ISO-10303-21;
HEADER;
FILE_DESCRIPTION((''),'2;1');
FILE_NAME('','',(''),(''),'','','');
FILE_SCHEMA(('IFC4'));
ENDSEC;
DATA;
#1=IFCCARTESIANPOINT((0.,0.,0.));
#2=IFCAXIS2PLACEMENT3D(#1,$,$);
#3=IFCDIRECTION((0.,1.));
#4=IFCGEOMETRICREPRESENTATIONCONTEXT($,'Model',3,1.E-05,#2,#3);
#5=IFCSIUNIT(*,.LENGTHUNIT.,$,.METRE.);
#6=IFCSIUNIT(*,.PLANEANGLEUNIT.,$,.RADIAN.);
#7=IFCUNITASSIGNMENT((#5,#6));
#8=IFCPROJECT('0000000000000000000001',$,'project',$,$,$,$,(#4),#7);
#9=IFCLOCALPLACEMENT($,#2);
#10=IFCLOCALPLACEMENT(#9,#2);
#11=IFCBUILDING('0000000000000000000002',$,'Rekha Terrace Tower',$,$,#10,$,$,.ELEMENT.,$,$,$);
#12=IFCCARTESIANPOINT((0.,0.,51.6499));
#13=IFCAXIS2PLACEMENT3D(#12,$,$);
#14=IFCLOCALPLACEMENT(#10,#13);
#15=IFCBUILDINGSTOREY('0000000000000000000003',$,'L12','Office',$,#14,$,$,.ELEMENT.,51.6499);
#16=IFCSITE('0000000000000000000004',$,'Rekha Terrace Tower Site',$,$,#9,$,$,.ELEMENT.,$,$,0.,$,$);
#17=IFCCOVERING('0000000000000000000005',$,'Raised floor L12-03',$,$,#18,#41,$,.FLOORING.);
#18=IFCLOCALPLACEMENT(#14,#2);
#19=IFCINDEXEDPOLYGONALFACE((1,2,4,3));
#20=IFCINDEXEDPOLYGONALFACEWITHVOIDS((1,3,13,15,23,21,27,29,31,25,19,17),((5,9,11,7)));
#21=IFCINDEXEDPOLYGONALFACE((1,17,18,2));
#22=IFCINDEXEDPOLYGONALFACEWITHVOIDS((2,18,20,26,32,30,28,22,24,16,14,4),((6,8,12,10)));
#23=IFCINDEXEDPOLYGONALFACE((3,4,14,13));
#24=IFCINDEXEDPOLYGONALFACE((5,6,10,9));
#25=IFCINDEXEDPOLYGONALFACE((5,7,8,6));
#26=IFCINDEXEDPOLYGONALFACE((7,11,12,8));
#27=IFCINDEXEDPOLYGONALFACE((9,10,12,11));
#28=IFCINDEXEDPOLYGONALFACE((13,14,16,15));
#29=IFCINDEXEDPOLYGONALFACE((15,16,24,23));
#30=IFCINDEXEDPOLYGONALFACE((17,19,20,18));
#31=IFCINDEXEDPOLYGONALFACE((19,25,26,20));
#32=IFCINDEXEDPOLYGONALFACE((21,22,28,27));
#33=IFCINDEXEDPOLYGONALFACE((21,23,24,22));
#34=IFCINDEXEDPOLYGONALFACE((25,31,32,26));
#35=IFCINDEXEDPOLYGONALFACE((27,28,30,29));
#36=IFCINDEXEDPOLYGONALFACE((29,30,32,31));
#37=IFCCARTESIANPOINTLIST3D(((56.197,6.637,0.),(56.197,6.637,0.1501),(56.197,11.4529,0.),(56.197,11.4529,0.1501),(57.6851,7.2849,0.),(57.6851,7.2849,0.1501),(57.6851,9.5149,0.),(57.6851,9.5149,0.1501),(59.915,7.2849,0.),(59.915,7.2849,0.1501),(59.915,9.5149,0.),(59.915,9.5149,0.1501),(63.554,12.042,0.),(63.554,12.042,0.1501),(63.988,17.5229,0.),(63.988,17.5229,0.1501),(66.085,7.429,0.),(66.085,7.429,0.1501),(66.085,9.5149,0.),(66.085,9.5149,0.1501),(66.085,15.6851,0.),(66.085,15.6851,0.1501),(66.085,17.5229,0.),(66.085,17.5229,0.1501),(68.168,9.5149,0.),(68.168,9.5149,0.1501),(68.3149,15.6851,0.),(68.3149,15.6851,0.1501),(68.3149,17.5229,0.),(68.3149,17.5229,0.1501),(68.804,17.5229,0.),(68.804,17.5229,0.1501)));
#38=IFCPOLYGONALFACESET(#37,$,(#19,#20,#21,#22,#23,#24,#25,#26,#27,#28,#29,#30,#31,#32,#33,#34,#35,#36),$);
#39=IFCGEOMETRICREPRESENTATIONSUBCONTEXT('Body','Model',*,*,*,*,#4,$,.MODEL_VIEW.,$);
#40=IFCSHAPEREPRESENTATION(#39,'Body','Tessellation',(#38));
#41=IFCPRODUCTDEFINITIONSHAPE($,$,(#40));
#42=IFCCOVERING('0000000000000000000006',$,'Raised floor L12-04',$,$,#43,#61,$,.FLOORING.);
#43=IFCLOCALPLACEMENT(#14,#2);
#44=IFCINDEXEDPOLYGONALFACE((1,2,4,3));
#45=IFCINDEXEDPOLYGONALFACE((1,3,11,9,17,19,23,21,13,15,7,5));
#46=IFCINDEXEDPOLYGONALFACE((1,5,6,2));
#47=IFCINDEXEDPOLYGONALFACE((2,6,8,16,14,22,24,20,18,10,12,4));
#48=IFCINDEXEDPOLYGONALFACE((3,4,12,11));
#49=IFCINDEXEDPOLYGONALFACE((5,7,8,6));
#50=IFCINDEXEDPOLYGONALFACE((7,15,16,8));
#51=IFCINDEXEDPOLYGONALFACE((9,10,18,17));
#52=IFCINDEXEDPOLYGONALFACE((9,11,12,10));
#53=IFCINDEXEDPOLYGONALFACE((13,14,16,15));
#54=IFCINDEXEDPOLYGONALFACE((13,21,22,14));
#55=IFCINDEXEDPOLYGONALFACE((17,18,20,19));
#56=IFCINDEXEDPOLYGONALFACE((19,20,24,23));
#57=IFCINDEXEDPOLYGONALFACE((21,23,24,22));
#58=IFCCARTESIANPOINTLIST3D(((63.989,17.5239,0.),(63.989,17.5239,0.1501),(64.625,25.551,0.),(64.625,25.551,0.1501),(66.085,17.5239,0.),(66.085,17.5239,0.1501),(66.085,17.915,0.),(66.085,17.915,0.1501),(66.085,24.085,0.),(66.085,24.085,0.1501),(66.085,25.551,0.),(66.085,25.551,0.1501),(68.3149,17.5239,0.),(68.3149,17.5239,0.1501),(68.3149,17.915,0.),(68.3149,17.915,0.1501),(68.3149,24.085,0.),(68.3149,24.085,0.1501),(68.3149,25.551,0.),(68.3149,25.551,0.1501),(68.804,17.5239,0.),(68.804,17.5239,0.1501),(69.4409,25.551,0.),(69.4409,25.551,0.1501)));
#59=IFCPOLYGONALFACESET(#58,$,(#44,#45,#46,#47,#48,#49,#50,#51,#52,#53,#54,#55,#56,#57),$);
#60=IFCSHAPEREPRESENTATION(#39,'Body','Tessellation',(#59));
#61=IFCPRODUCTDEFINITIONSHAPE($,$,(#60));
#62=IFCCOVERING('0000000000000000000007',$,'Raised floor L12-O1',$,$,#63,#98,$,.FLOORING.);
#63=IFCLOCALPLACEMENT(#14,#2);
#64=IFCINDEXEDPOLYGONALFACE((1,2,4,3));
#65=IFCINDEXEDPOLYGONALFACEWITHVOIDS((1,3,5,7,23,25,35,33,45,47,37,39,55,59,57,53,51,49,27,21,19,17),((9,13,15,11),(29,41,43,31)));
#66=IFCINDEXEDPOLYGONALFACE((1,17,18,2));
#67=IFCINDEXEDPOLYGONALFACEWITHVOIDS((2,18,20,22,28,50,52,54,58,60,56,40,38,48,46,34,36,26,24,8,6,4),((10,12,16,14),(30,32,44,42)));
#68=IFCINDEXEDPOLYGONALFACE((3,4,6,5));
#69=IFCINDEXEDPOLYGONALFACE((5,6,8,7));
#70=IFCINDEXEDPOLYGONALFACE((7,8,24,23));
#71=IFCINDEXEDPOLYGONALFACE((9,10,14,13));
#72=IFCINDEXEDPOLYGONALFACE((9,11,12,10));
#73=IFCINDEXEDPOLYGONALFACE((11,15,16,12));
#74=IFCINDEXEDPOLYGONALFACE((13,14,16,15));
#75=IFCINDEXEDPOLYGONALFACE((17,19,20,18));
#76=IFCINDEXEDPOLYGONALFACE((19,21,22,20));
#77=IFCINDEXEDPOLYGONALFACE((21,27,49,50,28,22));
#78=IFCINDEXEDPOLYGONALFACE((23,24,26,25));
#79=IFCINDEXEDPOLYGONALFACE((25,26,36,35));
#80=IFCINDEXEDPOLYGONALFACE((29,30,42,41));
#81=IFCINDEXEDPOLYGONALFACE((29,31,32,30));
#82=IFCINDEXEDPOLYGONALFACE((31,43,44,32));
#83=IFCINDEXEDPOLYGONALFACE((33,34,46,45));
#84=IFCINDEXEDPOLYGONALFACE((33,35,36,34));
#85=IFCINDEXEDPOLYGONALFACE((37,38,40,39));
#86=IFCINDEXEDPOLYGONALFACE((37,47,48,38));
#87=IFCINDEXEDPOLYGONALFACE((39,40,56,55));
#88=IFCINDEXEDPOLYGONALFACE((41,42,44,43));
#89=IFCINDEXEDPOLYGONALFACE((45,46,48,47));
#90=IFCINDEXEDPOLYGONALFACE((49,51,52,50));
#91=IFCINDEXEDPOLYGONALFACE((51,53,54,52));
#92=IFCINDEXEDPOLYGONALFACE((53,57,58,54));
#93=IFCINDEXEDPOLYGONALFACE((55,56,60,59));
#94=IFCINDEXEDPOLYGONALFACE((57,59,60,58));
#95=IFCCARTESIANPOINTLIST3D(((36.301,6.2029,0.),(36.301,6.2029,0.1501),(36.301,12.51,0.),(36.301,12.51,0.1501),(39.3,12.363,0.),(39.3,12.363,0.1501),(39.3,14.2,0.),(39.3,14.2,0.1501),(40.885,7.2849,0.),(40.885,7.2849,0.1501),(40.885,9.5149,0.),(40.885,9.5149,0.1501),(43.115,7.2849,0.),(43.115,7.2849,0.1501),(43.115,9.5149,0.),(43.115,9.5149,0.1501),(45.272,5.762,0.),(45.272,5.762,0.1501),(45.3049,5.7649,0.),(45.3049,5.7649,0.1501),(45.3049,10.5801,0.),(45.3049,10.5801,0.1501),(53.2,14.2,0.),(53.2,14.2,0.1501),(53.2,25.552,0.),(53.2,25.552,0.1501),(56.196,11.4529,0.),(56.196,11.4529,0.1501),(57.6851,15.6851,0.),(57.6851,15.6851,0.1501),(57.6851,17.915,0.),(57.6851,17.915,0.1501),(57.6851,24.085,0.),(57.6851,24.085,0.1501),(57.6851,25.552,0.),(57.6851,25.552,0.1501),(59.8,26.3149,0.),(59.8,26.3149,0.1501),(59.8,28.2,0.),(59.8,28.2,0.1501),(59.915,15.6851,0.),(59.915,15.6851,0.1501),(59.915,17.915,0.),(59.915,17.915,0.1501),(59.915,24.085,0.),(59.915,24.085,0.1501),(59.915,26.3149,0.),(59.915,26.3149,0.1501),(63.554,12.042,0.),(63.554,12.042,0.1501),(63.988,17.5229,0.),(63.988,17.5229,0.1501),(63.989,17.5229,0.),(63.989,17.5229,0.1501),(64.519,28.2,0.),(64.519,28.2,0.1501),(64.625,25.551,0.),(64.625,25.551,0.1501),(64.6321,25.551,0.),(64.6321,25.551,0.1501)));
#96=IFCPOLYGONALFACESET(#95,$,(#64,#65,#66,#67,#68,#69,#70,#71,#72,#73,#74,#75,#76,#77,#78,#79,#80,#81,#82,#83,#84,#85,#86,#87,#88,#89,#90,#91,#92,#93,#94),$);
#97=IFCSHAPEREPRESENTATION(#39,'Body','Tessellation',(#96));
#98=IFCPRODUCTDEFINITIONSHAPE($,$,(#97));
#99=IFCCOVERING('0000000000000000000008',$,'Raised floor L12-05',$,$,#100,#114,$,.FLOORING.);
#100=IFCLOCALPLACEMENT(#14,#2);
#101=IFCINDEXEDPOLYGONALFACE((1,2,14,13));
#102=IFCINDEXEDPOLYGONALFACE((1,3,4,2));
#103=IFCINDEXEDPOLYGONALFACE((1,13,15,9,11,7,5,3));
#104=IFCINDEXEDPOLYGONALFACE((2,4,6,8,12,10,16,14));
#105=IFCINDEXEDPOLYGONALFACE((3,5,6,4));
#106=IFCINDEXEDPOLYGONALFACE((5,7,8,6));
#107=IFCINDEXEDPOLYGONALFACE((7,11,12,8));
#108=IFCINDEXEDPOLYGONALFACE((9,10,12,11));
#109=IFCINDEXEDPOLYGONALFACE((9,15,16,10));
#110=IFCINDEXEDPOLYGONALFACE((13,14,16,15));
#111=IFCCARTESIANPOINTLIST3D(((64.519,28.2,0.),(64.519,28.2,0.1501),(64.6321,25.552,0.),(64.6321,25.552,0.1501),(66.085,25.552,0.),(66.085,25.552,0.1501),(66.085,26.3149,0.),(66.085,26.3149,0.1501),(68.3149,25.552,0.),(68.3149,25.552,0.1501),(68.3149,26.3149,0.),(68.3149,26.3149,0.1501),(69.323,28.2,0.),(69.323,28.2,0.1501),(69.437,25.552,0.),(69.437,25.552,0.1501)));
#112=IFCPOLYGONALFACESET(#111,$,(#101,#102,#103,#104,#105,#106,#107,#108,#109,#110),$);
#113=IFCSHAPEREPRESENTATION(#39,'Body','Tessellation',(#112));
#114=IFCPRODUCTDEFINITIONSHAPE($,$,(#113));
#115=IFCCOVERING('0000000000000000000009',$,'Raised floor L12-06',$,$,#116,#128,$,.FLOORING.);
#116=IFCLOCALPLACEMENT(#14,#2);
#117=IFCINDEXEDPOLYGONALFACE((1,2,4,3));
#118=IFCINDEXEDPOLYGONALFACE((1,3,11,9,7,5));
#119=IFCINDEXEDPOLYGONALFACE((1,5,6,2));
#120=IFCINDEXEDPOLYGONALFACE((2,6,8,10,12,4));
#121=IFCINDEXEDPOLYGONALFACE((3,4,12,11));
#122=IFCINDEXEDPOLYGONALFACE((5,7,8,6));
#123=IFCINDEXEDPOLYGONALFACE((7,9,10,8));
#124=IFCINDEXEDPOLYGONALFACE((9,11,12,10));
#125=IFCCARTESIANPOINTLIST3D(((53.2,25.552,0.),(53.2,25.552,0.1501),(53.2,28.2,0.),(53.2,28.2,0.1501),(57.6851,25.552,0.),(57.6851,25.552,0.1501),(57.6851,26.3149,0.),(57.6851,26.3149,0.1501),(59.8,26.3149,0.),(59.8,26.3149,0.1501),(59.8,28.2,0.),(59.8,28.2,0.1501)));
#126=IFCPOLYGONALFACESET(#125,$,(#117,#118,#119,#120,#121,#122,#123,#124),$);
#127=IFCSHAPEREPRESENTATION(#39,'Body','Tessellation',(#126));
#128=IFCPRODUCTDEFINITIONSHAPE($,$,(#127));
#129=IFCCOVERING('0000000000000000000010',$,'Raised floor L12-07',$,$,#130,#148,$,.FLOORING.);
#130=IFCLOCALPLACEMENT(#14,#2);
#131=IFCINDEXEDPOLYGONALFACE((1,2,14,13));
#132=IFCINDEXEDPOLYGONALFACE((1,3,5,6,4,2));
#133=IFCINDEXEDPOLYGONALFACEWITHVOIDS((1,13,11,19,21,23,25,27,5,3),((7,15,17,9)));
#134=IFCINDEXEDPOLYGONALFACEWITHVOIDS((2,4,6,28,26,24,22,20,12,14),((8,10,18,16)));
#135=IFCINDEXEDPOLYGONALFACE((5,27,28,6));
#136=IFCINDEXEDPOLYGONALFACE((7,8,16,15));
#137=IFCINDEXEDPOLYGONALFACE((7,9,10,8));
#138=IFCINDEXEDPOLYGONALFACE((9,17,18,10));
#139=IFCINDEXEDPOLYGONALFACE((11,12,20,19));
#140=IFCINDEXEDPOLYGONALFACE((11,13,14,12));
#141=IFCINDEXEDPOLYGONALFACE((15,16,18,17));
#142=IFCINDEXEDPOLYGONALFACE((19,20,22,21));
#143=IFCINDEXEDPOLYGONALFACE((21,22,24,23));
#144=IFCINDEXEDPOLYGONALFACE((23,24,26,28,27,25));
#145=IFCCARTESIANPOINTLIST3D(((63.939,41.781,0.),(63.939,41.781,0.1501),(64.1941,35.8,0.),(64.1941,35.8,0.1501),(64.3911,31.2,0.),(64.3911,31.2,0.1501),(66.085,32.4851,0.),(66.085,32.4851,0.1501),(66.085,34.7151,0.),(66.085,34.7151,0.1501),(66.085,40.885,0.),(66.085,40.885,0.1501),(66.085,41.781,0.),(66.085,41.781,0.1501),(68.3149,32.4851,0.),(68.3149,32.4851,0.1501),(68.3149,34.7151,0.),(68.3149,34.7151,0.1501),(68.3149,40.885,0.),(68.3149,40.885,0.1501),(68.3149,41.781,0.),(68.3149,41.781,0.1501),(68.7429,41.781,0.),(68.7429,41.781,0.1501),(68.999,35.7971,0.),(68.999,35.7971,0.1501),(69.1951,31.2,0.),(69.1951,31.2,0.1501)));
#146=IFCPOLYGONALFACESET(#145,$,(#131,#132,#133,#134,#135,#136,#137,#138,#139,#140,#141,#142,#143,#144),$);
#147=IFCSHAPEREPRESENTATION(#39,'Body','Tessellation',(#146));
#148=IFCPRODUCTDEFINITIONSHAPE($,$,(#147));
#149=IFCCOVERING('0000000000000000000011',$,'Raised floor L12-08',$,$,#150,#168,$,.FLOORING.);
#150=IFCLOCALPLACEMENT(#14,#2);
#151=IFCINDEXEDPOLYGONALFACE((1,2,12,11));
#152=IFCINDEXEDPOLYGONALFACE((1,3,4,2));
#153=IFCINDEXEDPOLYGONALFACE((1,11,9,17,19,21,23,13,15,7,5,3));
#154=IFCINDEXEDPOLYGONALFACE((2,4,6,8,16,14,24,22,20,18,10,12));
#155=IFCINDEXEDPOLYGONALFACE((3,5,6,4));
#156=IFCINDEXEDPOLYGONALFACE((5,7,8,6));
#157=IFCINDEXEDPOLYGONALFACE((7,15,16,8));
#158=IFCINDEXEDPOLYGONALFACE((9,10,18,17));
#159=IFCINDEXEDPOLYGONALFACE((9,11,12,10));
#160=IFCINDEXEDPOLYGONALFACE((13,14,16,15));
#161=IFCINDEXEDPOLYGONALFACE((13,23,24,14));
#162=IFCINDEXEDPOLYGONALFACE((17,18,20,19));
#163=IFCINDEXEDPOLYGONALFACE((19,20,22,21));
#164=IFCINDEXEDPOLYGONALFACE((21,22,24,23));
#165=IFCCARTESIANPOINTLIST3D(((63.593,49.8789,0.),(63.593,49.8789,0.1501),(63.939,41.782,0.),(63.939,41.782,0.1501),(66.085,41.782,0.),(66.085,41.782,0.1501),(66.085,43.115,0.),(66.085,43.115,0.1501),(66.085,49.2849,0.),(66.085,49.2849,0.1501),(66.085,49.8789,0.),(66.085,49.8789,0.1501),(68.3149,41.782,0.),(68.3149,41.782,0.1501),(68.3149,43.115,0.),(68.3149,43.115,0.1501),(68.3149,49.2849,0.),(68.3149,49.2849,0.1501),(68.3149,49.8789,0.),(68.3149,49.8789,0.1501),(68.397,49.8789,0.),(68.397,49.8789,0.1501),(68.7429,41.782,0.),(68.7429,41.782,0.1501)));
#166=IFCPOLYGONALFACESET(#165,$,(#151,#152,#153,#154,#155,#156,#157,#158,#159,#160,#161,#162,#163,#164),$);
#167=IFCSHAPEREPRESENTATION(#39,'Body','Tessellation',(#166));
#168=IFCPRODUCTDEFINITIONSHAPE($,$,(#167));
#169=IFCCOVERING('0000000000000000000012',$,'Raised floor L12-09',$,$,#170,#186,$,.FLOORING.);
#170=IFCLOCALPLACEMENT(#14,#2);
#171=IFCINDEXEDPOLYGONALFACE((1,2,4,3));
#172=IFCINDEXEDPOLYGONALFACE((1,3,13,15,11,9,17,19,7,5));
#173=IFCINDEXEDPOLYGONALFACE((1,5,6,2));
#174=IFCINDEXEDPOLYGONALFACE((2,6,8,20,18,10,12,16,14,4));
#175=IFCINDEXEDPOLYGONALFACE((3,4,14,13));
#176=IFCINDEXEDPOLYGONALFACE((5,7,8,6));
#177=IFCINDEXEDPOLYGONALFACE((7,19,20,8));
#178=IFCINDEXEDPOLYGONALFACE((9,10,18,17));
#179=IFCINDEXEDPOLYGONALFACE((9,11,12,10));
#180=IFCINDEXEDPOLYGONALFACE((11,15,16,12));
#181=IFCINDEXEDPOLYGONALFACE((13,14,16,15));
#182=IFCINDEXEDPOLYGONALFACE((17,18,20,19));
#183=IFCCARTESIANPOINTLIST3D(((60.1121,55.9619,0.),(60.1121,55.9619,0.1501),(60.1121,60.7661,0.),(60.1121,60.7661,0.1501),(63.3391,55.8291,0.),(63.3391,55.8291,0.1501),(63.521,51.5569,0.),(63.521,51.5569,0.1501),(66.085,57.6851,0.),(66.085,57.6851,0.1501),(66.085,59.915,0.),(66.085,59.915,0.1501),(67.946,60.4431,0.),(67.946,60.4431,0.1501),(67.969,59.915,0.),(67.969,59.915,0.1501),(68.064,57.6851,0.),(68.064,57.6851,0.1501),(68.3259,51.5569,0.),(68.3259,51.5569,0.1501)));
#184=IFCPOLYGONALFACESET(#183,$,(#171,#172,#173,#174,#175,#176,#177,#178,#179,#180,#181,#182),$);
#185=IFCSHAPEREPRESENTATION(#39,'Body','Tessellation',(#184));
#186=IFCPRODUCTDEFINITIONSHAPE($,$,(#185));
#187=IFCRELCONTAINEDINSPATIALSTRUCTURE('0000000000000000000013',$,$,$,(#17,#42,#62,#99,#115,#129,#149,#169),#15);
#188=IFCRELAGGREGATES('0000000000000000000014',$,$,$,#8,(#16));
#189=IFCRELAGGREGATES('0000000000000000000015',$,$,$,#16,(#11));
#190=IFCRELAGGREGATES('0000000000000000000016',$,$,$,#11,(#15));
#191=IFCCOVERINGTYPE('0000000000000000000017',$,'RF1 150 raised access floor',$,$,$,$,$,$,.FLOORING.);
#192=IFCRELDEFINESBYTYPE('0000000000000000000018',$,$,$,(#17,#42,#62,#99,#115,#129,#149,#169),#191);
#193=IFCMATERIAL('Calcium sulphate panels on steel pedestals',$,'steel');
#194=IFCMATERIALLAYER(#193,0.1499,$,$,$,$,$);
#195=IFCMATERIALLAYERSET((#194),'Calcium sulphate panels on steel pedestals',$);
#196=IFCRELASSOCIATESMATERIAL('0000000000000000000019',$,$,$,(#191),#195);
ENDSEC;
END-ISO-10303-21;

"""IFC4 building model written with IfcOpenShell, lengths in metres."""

from ifc_helpers import new_model, si_unit, direction, frame, origin, place, context, subcontext, project, spatial, polyline, outline, extrude, material, layer, layer_set, type_object, element, save


model = new_model("IFC4")

# Units and contexts
model_context = context("Model", 3, precision=1e-05, world=origin(), true_north=direction((0.0, 1.0)))
body_context = subcontext(model_context, "Body", "Model", "MODEL_VIEW")
ifc_project = project(units=[si_unit("LENGTHUNIT", "METRE"), si_unit("PLANEANGLEUNIT", "RADIAN")], contexts=[model_context])

# Site, building, storey
site_placement = place(None, origin())
site = spatial("IfcSite", under=ifc_project, at=site_placement, Name="Rekha Terrace Tower Site", CompositionType="ELEMENT", RefElevation=0.0)
building_placement = place(site_placement, origin())
building = spatial("IfcBuilding", under=site, at=building_placement, Name="Rekha Terrace Tower", CompositionType="ELEMENT")
storey_placement = place(building_placement, frame((0.0, 0.0, 51.6499)))
storey = spatial("IfcBuildingStorey", under=building, at=storey_placement, Name="L12", Description="Office", CompositionType="ELEMENT", Elevation=51.6499)

# Coverings
ifc_material_1 = material(Name="Calcium sulphate panels on steel pedestals", Category="steel")
ifc_layer_1 = layer(ifc_material_1, 0.1499)
ifc_layer_set_1 = layer_set([ifc_layer_1], Name="Calcium sulphate panels on steel pedestals")
covering_type_1 = type_object("IfcCoveringType", Name="RF1 150 raised access floor", PredefinedType="FLOORING", material=ifc_layer_set_1)
covering_1_placement = place(storey_placement, origin())
element("IfcCovering", 1, at=covering_1_placement, inside=storey, type_object=covering_type_1, Name="Raised floor L12-03", PredefinedType="FLOORING", context=body_context, shape_type="SweptSolid", body=[
    extrude(outline(polyline([(63.554, 12.042), (56.197, 11.4529), (56.197, 6.637), (66.085, 7.429), (66.085, 9.5149), (68.168, 9.5149), (68.804, 17.5229), (68.3149, 17.5229), (68.3149, 15.6851), (66.085, 15.6851), (66.085, 17.5229), (63.988, 17.5229), (63.554, 12.042)]), holes=[polyline([(59.915, 7.2849), (57.6851, 7.2849), (57.6851, 9.5149), (59.915, 9.5149), (59.915, 7.2849)])]), origin(), (0.0, 0.0, 1.0), 0.1501),
])
covering_2_placement = place(storey_placement, origin())
element("IfcCovering", 2, at=covering_2_placement, inside=storey, type_object=covering_type_1, Name="Raised floor L12-04", PredefinedType="FLOORING", context=body_context, shape_type="SweptSolid", body=[
    extrude(outline(polyline([(68.3149, 17.915), (68.3149, 17.5239), (68.804, 17.5239), (69.4409, 25.551), (68.3149, 25.551), (68.3149, 24.085), (66.085, 24.085), (66.085, 25.551), (64.625, 25.551), (63.989, 17.5239), (66.085, 17.5239), (66.085, 17.915), (68.3149, 17.915)])), origin(), (0.0, 0.0, 1.0), 0.1501),
])
covering_3_placement = place(storey_placement, origin())
element("IfcCovering", 3, at=covering_3_placement, inside=storey, type_object=covering_type_1, Name="Raised floor L12-O1", PredefinedType="FLOORING", context=body_context, shape_type="SweptSolid", body=[
    extrude(outline(polyline([(45.3049, 10.5801), (56.196, 11.4529), (63.554, 12.042), (63.988, 17.5229), (63.989, 17.5229), (64.625, 25.551), (64.6321, 25.551), (64.519, 28.2), (59.8, 28.2), (59.8, 26.3149), (59.915, 26.3149), (59.915, 24.085), (57.6851, 24.085), (57.6851, 25.552), (53.2, 25.552), (53.2, 14.2), (39.3, 14.2), (39.3, 12.363), (36.301, 12.51), (36.301, 6.2029), (45.272, 5.762), (45.3049, 5.7649), (45.3049, 10.5801)]), holes=[polyline([(59.915, 17.915), (59.915, 15.6851), (57.6851, 15.6851), (57.6851, 17.915), (59.915, 17.915)]), polyline([(43.115, 7.2849), (40.885, 7.2849), (40.885, 9.5149), (43.115, 9.5149), (43.115, 7.2849)])]), origin(), (0.0, 0.0, 1.0), 0.1501),
])
covering_4_placement = place(storey_placement, origin())
element("IfcCovering", 4, at=covering_4_placement, inside=storey, type_object=covering_type_1, Name="Raised floor L12-05", PredefinedType="FLOORING", context=body_context, shape_type="SweptSolid", body=[
    extrude(outline(polyline([(69.437, 25.552), (69.323, 28.2), (64.519, 28.2), (64.6321, 25.552), (66.085, 25.552), (66.085, 26.3149), (68.3149, 26.3149), (68.3149, 25.552), (69.437, 25.552)])), origin(), (0.0, 0.0, 1.0), 0.1501),
])
covering_5_placement = place(storey_placement, origin())
element("IfcCovering", 5, at=covering_5_placement, inside=storey, type_object=covering_type_1, Name="Raised floor L12-06", PredefinedType="FLOORING", context=body_context, shape_type="SweptSolid", body=[
    extrude(outline(polyline([(59.8, 26.3149), (59.8, 28.2), (53.2, 28.2), (53.2, 25.552), (57.6851, 25.552), (57.6851, 26.3149), (59.8, 26.3149)])), origin(), (0.0, 0.0, 1.0), 0.1501),
])
covering_6_placement = place(storey_placement, origin())
element("IfcCovering", 6, at=covering_6_placement, inside=storey, type_object=covering_type_1, Name="Raised floor L12-07", PredefinedType="FLOORING", context=body_context, shape_type="SweptSolid", body=[
    extrude(outline(polyline([(69.1951, 31.2), (68.999, 35.7971), (68.7429, 41.781), (68.3149, 41.781), (68.3149, 40.885), (66.085, 40.885), (66.085, 41.781), (63.939, 41.781), (64.1941, 35.8), (64.3911, 31.2), (69.1951, 31.2)]), holes=[polyline([(68.3149, 32.4851), (66.085, 32.4851), (66.085, 34.7151), (68.3149, 34.7151), (68.3149, 32.4851)])]), origin(), (0.0, 0.0, 1.0), 0.1501),
])
covering_7_placement = place(storey_placement, origin())
element("IfcCovering", 7, at=covering_7_placement, inside=storey, type_object=covering_type_1, Name="Raised floor L12-08", PredefinedType="FLOORING", context=body_context, shape_type="SweptSolid", body=[
    extrude(outline(polyline([(68.3149, 41.782), (68.7429, 41.782), (68.397, 49.8789), (68.3149, 49.8789), (68.3149, 49.2849), (66.085, 49.2849), (66.085, 49.8789), (63.593, 49.8789), (63.939, 41.782), (66.085, 41.782), (66.085, 43.115), (68.3149, 43.115), (68.3149, 41.782)])), origin(), (0.0, 0.0, 1.0), 0.1501),
])
covering_8_placement = place(storey_placement, origin())
element("IfcCovering", 8, at=covering_8_placement, inside=storey, type_object=covering_type_1, Name="Raised floor L12-09", PredefinedType="FLOORING", context=body_context, shape_type="SweptSolid", body=[
    extrude(outline(polyline([(67.946, 60.4431), (60.1121, 60.7661), (60.1121, 55.9619), (63.3391, 55.8291), (63.521, 51.5569), (68.3259, 51.5569), (68.064, 57.6851), (66.085, 57.6851), (66.085, 59.915), (67.969, 59.915), (67.946, 60.4431)])), origin(), (0.0, 0.0, 1.0), 0.1501),
])

save(model, "model.ifc")
